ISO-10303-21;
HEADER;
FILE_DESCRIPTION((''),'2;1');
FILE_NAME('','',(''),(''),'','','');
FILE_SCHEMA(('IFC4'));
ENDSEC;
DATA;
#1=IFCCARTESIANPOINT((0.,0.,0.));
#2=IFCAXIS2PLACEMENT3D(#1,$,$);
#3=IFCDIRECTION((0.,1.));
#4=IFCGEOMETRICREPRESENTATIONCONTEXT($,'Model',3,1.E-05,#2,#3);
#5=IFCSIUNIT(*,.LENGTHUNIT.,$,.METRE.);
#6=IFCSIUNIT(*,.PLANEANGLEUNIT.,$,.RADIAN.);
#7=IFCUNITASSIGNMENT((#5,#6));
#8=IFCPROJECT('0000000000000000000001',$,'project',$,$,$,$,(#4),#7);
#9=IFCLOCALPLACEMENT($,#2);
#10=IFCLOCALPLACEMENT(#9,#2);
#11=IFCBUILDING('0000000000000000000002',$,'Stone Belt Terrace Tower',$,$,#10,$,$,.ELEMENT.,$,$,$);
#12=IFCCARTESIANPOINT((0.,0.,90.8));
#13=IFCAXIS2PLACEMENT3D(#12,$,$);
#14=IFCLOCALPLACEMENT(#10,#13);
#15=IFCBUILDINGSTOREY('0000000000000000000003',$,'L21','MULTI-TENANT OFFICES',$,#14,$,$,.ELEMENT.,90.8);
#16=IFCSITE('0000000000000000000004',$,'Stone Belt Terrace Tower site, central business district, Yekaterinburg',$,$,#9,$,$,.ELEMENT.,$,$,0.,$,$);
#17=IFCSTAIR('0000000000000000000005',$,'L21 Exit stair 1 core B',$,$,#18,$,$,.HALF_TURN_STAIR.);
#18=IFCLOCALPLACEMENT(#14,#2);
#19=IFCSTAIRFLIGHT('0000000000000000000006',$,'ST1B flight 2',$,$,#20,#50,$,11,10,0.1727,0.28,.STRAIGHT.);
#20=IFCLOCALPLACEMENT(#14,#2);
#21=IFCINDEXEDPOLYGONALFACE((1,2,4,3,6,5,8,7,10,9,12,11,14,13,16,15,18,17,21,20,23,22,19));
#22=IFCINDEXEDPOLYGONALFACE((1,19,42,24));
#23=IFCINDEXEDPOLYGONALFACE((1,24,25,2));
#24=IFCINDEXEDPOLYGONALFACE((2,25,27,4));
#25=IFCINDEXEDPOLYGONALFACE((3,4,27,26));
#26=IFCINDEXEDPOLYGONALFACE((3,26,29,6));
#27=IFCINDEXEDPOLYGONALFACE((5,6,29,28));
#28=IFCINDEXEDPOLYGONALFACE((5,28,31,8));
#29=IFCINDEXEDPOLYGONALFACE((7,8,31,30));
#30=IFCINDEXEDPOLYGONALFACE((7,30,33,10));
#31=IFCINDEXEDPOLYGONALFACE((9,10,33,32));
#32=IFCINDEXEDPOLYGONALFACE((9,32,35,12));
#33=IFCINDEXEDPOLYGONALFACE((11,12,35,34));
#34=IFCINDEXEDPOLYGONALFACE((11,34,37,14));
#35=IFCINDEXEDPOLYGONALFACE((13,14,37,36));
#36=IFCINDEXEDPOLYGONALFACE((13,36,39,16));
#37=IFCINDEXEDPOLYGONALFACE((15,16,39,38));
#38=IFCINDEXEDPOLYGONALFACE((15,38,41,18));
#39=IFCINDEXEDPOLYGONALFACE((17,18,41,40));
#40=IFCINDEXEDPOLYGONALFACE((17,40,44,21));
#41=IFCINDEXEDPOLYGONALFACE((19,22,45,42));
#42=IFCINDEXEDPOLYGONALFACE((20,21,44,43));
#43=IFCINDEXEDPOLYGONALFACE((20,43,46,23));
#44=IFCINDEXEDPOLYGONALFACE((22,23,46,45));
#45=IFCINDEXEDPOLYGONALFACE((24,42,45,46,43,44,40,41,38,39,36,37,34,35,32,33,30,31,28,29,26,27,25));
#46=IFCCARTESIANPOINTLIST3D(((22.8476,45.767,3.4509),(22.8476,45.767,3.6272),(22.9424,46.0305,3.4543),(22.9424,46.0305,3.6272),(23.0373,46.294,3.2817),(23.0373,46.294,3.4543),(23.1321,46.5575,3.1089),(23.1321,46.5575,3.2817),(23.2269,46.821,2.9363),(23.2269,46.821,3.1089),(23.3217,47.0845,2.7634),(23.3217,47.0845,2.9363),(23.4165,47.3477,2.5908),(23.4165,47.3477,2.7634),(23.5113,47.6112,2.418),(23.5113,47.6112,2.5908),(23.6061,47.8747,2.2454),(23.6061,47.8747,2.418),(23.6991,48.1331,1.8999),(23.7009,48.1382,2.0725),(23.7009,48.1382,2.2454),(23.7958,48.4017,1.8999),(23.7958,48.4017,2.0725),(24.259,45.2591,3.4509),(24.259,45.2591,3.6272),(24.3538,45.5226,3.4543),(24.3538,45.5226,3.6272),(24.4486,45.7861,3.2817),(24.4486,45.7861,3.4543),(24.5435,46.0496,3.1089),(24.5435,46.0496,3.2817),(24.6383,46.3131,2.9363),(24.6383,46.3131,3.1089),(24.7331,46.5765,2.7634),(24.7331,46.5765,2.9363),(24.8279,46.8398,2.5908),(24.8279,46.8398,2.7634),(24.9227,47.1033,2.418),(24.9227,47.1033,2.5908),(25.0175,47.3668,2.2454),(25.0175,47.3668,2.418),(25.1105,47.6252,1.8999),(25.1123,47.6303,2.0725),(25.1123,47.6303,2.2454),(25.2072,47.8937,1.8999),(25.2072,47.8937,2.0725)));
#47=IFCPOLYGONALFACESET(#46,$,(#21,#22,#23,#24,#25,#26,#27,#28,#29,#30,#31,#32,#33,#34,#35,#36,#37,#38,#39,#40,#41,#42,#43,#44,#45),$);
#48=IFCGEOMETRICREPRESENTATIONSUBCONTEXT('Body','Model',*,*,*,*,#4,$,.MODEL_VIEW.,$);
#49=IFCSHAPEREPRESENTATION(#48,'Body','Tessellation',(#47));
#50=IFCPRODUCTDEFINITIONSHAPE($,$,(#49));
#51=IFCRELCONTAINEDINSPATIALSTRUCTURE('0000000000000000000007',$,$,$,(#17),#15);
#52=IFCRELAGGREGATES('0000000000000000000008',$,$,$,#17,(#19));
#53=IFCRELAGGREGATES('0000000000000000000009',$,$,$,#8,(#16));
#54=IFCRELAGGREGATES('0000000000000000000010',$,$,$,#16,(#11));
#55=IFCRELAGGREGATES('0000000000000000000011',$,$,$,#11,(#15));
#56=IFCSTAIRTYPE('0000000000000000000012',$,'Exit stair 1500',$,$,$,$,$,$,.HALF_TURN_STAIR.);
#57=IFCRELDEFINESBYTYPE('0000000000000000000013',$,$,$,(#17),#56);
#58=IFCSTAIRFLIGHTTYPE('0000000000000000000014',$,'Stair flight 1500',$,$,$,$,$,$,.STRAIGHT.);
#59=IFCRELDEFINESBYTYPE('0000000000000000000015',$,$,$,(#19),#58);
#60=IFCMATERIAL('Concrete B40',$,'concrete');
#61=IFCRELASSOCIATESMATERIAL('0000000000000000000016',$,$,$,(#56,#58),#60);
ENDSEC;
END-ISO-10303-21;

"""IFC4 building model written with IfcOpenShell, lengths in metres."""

from ifc_helpers import new_model, si_unit, direction, frame, origin, place, context, subcontext, project, spatial, polyline, outline, extrude, material, type_object, element, aggregate, save


model = new_model("IFC4")

# Units and contexts
model_context = context("Model", 3, precision=1e-05, world=origin(), true_north=direction((0.0, 1.0)))
body_context = subcontext(model_context, "Body", "Model", "MODEL_VIEW")
ifc_project = project(units=[si_unit("LENGTHUNIT", "METRE"), si_unit("PLANEANGLEUNIT", "RADIAN")], contexts=[model_context])

# Site, building, storey
site_placement = place(None, origin())
site = spatial("IfcSite", under=ifc_project, at=site_placement, Name="Stone Belt Terrace Tower site, central business district, Yekaterinburg", CompositionType="ELEMENT", RefElevation=0.0)
building_placement = place(site_placement, origin())
building = spatial("IfcBuilding", under=site, at=building_placement, Name="Stone Belt Terrace Tower", CompositionType="ELEMENT")
storey_placement = place(building_placement, frame((0.0, 0.0, 90.8)))
storey = spatial("IfcBuildingStorey", under=building, at=storey_placement, Name="L21", Description="MULTI-TENANT OFFICES", CompositionType="ELEMENT", Elevation=90.8)

# Stair, stair flight
ifc_material_1 = material(Name="Concrete B40", Category="concrete")
stair_type = type_object("IfcStairType", Name="Exit stair 1500", PredefinedType="HALF_TURN_STAIR", material=ifc_material_1)
stair_placement = place(storey_placement, origin())
stair = element("IfcStair", 1, at=stair_placement, inside=storey, type_object=stair_type, Name="L21 Exit stair 1 core B", PredefinedType="HALF_TURN_STAIR")
stair_flight_type = type_object("IfcStairFlightType", Name="Stair flight 1500", PredefinedType="STRAIGHT", material=ifc_material_1)
stair_flight_1_placement = place(storey_placement, frame((24.5015, 48.1477, 1.8999), z_axis=(0.0, 0.0, 1.0), x_axis=(-0.338624, -0.940922, 0.0)))
stair_flight_1 = element("IfcStairFlight", 2, at=stair_flight_1_placement, type_object=stair_flight_type, Name="ST1B flight 2", NumberOfRisers=11, NumberOfTreads=10, PredefinedType="STRAIGHT", RiserHeight=0.1727, TreadLength=0.28, context=body_context, shape_type="SweptSolid", body=[
    extrude(outline(polyline([(0.0, 0.0), (0.0, 0.1726), (0.28, 0.1726), (0.28, 0.3455), (0.5601, 0.3455), (0.5601, 0.5181), (0.8401, 0.5181), (0.8401, 0.6909), (1.1201, 0.6909), (1.1201, 0.8635), (1.3999, 0.8635), (1.3999, 1.0364), (1.6799, 1.0364), (1.6799, 1.209), (1.96, 1.209), (1.96, 1.3818), (2.24, 1.3818), (2.24, 1.5544), (2.52, 1.5544), (2.52, 1.7273), (2.8, 1.7273), (2.8, 1.8999), (2.8, 1.551), (0.2854, 0.0), (0.0, 0.0)])), frame((0.0, 0.75, 0.0), z_axis=(0.0, -1.0, 0.0), x_axis=(1.0, 0.0, 0.0)), (0.0, 0.0, 1.0), 1.5),
])
aggregate(stair, [stair_flight_1])

save(model, "model.ifc")
